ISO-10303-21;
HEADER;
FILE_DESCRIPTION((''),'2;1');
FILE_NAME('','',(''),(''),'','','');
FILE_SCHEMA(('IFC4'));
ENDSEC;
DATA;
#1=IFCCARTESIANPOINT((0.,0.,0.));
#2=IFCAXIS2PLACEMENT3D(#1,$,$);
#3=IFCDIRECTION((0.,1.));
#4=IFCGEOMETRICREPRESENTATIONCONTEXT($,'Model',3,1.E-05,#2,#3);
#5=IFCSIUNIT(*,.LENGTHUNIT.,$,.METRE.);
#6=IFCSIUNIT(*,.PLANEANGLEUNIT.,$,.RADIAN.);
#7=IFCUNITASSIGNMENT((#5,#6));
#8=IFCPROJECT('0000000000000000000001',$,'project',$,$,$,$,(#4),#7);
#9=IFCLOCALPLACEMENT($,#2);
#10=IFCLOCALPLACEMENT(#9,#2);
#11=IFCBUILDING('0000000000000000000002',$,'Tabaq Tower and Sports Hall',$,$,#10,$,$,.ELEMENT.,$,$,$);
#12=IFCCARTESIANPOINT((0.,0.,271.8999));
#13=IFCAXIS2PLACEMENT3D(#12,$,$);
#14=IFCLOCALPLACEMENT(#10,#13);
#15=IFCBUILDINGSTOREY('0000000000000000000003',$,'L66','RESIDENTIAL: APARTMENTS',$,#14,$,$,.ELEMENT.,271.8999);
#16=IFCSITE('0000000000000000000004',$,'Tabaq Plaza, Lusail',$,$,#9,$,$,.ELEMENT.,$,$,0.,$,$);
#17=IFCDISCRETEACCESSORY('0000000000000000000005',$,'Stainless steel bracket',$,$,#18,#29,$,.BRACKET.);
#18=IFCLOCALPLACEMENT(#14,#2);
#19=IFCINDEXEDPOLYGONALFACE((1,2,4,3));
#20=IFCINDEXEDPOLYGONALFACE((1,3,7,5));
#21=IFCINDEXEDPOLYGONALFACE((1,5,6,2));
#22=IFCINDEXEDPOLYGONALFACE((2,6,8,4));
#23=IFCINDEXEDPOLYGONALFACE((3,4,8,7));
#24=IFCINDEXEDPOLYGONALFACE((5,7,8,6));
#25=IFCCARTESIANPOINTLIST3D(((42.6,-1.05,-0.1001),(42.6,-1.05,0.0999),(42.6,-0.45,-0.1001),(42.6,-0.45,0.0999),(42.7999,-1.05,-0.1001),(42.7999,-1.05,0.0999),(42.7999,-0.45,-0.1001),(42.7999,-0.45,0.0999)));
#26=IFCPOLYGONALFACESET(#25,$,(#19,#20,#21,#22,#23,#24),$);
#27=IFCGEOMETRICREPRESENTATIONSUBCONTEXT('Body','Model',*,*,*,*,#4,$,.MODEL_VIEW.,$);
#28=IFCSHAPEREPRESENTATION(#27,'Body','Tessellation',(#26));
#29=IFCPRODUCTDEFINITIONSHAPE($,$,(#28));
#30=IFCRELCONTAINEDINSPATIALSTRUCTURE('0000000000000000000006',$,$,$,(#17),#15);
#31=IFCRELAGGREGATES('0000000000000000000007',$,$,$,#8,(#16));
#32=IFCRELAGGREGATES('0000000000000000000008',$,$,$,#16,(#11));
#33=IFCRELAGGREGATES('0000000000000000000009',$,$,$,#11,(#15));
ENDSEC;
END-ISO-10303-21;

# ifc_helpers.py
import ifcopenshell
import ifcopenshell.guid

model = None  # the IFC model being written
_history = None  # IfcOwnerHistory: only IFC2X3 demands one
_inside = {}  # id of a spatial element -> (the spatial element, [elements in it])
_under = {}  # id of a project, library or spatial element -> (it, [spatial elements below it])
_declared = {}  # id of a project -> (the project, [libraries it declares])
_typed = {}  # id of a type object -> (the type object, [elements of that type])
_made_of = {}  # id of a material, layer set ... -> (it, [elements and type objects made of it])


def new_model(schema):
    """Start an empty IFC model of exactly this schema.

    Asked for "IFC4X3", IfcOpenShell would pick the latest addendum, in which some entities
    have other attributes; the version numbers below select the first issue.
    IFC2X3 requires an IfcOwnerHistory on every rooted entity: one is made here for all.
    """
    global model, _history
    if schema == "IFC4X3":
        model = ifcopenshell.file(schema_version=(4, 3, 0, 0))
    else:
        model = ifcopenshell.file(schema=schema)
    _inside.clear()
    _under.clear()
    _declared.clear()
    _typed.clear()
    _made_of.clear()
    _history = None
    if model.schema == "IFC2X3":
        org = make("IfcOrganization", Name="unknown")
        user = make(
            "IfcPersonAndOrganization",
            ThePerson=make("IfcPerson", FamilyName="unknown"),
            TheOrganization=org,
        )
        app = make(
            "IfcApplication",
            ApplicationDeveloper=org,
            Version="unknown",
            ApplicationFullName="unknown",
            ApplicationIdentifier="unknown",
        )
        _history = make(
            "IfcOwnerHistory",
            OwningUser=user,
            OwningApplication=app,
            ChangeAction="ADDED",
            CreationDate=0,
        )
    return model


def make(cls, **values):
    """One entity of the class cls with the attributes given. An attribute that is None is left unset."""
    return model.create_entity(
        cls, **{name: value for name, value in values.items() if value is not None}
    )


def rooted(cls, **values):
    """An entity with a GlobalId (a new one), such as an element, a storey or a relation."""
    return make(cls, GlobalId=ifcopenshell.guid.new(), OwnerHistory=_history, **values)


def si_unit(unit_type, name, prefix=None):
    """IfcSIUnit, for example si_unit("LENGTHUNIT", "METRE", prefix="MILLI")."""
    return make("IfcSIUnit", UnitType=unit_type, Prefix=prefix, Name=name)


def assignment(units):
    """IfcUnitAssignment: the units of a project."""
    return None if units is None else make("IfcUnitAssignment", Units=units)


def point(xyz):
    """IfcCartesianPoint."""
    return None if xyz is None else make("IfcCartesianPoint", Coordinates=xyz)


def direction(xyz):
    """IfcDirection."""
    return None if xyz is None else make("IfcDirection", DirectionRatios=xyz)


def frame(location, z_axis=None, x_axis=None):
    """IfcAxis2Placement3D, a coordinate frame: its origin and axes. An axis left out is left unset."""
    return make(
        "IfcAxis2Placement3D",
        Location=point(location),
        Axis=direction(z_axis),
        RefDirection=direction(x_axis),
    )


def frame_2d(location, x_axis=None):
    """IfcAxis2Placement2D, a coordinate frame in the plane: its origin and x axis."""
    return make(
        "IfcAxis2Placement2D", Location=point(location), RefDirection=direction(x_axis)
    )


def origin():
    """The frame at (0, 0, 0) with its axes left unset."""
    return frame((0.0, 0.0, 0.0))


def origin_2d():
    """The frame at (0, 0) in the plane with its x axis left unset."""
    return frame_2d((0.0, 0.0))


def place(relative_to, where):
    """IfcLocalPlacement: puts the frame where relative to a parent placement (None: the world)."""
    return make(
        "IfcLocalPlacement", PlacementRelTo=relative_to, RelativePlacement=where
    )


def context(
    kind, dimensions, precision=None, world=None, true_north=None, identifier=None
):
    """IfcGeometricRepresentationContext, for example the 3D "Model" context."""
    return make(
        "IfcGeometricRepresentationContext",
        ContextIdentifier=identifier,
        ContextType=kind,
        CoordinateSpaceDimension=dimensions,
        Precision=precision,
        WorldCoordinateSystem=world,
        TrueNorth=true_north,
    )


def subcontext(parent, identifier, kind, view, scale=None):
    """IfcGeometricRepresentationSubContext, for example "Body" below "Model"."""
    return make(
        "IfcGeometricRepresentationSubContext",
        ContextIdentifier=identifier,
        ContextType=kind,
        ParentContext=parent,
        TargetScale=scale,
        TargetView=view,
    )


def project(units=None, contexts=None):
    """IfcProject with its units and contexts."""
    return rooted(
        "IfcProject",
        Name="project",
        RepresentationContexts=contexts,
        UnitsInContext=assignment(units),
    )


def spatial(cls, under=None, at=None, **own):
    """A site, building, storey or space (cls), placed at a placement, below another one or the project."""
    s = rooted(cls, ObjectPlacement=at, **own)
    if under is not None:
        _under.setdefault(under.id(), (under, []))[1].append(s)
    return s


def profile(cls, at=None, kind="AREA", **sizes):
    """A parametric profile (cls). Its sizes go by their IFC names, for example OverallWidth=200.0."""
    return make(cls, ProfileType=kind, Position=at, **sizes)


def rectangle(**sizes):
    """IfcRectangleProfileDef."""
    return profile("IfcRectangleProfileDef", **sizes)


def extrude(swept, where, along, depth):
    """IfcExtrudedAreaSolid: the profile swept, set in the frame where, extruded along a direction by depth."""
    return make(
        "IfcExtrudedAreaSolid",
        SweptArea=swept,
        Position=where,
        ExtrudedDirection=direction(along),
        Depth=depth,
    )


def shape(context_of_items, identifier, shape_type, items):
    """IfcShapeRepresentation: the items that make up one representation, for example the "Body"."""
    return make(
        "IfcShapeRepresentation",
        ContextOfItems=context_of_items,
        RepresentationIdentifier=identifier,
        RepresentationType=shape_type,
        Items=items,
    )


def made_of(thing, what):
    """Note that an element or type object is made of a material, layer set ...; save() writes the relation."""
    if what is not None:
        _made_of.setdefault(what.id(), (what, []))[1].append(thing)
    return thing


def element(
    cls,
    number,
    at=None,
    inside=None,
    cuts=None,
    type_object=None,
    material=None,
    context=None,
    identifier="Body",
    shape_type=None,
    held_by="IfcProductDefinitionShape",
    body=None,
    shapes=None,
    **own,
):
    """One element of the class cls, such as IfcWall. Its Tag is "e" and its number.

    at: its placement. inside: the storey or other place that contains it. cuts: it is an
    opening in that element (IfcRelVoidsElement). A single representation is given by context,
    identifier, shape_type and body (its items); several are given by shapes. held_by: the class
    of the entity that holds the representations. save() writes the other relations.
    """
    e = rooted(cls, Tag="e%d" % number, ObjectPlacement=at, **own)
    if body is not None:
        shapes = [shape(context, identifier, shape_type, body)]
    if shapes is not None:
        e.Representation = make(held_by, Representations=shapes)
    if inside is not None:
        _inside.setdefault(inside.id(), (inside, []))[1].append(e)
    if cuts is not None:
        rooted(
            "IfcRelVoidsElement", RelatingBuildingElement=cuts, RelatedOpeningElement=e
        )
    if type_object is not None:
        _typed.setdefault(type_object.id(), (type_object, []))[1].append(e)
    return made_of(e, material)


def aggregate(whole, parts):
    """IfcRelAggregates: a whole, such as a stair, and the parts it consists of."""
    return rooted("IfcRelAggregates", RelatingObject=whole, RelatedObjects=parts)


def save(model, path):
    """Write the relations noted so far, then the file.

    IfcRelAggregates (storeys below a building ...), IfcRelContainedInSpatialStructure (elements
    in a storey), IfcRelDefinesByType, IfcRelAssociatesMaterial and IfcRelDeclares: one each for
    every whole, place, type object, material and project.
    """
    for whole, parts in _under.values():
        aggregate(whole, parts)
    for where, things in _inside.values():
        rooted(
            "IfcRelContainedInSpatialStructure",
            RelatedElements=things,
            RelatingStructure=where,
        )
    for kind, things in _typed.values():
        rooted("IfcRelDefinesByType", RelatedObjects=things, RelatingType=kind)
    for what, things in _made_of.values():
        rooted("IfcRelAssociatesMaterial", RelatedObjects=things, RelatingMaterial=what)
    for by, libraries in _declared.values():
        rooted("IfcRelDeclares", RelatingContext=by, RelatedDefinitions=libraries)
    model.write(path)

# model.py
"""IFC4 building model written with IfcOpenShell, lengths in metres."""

from ifc_helpers import new_model, si_unit, direction, frame, origin, origin_2d, place, context, subcontext, project, spatial, rectangle, extrude, element, save


model = new_model("IFC4")

# Units and contexts
model_context = context("Model", 3, precision=1e-05, world=origin(), true_north=direction((0.0, 1.0)))
body_context = subcontext(model_context, "Body", "Model", "MODEL_VIEW")
ifc_project = project(units=[si_unit("LENGTHUNIT", "METRE"), si_unit("PLANEANGLEUNIT", "RADIAN")], contexts=[model_context])

# Site, building, storey
site_placement = place(None, origin())
site = spatial("IfcSite", under=ifc_project, at=site_placement, Name="Tabaq Plaza, Lusail", CompositionType="ELEMENT", RefElevation=0.0)
building_placement = place(site_placement, origin())
building = spatial("IfcBuilding", under=site, at=building_placement, Name="Tabaq Tower and Sports Hall", CompositionType="ELEMENT")
storey_placement = place(building_placement, frame((0.0, 0.0, 271.8999)))
storey = spatial("IfcBuildingStorey", under=building, at=storey_placement, Name="L66", Description="RESIDENTIAL: APARTMENTS", CompositionType="ELEMENT", Elevation=271.8999)

# Discrete accessory
discrete_accessory_placement = place(storey_placement, frame((42.7, -0.75, -0.1001), z_axis=(0.0, 0.0, 1.0), x_axis=(0.0, -1.0, 0.0)))
element("IfcDiscreteAccessory", 1, at=discrete_accessory_placement, inside=storey, Name="Stainless steel bracket", PredefinedType="BRACKET", context=body_context, shape_type="SweptSolid", body=[
    extrude(rectangle(XDim=0.6001, YDim=0.2, at=origin_2d()), origin(), (0.0, 0.0, 1.0), 0.2),
])

save(model, "model.ifc")
